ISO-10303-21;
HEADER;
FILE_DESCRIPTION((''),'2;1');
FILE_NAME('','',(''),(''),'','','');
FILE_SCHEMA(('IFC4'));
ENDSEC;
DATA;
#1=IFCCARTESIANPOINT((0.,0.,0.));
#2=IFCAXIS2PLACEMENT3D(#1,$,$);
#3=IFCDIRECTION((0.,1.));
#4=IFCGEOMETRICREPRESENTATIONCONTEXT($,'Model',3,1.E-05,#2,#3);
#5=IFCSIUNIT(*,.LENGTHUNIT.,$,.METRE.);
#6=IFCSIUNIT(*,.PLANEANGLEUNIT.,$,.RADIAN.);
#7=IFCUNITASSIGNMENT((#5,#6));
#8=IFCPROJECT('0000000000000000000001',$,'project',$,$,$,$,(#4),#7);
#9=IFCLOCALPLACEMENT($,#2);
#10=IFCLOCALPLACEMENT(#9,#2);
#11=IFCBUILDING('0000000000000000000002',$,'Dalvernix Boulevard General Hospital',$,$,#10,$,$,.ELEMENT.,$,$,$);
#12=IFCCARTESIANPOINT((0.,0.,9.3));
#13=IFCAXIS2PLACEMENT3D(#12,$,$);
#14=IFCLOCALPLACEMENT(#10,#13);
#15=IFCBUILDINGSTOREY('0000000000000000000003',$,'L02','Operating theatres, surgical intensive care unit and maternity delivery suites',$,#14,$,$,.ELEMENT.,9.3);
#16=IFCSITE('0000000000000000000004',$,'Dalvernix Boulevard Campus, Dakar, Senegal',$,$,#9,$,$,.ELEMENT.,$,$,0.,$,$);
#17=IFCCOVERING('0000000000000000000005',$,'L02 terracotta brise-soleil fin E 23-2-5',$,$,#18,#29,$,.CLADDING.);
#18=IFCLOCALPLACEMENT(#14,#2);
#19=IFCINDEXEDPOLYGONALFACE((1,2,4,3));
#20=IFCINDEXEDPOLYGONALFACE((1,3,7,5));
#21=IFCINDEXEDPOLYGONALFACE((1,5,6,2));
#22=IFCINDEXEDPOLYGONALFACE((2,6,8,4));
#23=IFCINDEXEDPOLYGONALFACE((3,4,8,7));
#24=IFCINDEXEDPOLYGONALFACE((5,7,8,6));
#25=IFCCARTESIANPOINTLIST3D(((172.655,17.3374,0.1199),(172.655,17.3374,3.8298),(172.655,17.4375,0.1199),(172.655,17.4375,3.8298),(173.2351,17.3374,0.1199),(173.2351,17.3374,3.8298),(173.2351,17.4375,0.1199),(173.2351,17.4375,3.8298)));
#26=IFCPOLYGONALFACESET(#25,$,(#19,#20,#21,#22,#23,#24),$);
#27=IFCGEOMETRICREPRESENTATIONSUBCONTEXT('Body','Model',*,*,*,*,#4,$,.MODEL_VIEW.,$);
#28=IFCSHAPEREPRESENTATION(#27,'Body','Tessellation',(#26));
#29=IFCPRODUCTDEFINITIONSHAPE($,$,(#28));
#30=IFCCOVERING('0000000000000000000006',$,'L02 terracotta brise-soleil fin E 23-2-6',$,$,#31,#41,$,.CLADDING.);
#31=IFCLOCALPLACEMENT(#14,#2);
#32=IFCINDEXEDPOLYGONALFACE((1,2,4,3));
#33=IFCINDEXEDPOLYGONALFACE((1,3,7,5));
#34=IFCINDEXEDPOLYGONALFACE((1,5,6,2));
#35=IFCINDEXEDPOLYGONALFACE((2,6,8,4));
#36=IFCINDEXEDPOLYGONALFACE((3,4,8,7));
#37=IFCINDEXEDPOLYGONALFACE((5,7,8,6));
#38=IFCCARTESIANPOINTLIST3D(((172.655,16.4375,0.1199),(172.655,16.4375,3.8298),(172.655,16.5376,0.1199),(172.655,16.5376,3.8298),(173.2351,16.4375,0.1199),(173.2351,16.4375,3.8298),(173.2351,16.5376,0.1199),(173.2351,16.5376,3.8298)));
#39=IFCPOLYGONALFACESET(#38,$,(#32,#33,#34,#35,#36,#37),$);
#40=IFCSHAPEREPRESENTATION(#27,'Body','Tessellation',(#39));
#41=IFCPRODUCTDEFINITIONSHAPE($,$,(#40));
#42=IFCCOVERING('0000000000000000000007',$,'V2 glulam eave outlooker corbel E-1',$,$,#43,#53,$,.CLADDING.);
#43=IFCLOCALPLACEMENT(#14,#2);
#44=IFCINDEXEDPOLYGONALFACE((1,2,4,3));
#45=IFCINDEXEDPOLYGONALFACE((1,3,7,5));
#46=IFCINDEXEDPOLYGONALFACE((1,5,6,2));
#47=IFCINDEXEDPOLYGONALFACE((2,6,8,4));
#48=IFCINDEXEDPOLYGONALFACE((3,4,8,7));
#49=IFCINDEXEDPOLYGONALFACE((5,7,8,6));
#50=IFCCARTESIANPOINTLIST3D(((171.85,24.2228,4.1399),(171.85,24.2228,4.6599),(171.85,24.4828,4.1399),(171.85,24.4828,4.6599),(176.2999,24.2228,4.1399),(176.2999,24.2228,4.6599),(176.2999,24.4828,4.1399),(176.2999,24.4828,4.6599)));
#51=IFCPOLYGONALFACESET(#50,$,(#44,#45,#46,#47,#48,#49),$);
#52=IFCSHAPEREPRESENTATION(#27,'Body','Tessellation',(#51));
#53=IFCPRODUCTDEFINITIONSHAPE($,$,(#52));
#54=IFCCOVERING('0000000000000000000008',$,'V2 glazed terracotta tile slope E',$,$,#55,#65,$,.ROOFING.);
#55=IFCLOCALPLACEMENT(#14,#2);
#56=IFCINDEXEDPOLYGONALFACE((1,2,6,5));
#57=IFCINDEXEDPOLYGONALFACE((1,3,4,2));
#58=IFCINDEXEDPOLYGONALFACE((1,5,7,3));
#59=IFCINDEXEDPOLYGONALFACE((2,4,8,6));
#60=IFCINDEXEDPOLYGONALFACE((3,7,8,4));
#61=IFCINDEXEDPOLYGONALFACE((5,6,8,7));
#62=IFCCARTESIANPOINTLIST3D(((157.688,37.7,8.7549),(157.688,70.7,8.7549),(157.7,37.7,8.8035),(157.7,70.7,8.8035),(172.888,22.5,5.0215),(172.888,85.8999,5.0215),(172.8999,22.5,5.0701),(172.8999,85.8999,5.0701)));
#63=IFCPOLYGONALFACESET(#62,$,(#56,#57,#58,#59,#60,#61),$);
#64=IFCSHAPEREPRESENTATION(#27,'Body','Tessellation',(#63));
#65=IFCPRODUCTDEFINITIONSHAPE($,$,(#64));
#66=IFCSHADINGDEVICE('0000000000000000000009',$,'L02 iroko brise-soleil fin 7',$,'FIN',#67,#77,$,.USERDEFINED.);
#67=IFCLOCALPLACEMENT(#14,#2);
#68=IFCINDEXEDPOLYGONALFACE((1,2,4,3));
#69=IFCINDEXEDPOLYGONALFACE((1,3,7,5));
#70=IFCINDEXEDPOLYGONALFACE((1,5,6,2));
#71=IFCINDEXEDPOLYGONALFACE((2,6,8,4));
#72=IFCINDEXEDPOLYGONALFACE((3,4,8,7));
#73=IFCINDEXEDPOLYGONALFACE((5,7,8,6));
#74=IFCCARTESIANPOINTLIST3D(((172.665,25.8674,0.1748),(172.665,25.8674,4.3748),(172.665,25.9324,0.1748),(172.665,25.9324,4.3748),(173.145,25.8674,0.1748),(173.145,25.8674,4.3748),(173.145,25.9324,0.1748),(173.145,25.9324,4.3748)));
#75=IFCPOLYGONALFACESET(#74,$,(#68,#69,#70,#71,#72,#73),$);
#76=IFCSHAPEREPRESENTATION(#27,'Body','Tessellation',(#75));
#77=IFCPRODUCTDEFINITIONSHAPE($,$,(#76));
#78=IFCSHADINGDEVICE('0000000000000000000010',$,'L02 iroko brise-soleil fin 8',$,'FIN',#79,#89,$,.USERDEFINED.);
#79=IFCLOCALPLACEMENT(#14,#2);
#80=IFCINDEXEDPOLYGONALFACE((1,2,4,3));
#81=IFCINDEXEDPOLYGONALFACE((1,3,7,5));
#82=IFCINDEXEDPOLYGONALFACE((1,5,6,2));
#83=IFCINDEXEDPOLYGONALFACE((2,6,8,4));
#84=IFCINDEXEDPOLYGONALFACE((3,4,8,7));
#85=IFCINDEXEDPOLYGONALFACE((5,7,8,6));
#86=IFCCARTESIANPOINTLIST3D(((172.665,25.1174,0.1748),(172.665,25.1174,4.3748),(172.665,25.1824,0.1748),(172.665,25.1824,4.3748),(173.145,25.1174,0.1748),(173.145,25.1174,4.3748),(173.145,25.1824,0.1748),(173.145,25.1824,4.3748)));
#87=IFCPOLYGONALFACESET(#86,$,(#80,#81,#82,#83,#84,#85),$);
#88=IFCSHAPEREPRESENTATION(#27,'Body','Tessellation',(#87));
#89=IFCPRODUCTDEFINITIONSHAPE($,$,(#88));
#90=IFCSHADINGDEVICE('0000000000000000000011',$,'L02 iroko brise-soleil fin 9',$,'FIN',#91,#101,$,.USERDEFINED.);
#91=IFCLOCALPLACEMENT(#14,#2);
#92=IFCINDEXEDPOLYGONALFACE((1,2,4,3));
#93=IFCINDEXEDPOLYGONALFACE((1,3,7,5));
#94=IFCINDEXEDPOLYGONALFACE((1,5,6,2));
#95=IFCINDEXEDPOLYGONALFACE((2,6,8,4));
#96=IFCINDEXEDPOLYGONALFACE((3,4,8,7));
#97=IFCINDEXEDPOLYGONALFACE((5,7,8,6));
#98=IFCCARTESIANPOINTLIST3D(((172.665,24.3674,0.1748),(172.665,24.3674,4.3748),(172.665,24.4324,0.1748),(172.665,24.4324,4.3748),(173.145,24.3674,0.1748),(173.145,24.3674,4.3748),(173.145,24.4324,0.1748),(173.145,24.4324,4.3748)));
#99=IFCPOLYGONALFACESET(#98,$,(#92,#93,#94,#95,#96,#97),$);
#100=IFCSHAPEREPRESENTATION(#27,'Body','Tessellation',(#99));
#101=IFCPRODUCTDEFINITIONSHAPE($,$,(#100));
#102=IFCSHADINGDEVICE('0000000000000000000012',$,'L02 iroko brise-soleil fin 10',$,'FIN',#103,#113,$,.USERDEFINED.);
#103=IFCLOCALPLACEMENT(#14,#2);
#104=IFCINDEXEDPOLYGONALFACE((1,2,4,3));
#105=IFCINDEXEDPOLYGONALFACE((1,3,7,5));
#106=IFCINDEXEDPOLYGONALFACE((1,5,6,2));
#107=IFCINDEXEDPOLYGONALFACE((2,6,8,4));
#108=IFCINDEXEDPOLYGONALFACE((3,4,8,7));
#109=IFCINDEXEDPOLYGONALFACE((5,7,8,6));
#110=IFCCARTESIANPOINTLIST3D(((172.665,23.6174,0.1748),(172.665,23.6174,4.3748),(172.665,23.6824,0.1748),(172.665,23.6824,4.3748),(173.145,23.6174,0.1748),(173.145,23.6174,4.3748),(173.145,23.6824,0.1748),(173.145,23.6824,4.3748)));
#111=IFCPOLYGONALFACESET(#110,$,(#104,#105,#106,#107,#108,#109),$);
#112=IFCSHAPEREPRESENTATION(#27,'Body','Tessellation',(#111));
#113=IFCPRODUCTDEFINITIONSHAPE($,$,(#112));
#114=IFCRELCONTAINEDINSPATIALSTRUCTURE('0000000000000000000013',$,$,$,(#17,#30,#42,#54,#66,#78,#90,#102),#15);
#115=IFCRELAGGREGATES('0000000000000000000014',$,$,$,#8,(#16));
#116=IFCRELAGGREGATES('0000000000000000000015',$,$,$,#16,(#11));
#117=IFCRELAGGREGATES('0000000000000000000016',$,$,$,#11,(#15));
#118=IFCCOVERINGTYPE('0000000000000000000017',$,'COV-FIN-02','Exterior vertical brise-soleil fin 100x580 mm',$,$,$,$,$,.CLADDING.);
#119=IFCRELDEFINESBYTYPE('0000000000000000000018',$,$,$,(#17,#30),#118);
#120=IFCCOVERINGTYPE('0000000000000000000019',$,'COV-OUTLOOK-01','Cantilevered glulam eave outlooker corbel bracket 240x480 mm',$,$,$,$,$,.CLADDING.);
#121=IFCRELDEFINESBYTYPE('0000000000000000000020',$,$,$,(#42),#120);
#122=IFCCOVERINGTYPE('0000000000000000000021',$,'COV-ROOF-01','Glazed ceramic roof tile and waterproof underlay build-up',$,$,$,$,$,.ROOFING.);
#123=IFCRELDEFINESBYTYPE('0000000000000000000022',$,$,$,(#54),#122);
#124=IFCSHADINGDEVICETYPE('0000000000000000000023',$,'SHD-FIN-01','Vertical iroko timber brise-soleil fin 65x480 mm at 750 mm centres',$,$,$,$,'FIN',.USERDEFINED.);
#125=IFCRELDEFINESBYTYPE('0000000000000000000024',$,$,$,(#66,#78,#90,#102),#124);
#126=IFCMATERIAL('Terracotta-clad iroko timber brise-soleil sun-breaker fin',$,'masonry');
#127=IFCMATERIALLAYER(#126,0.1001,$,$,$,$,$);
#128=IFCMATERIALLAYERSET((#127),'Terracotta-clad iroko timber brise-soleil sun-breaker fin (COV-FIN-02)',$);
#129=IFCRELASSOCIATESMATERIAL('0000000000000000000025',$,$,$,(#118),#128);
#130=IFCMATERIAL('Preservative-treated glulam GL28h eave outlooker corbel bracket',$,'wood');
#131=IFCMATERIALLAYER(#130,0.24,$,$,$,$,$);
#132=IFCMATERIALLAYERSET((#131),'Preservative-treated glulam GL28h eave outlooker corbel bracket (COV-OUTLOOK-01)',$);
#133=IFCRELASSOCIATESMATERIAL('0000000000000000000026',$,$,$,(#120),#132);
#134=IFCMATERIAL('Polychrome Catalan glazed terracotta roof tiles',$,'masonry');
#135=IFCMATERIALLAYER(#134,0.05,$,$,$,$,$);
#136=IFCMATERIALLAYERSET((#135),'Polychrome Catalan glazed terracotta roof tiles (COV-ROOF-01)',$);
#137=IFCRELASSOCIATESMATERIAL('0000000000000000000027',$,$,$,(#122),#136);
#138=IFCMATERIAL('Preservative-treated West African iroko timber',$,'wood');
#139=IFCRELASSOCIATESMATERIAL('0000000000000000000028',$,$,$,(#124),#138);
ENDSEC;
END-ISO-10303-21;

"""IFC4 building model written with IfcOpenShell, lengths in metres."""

from ifc_helpers import new_model, si_unit, direction, frame, origin, origin_2d, place, context, subcontext, project, spatial, polyline, rectangle, outline, extrude, material, layer, layer_set, type_object, element, save


model = new_model("IFC4")

# Units and contexts
model_context = context("Model", 3, precision=1e-05, world=origin(), true_north=direction((0.0, 1.0)))
body_context = subcontext(model_context, "Body", "Model", "MODEL_VIEW")
ifc_project = project(units=[si_unit("LENGTHUNIT", "METRE"), si_unit("PLANEANGLEUNIT", "RADIAN")], contexts=[model_context])

# Site, building, storey
site_placement = place(None, origin())
site = spatial("IfcSite", under=ifc_project, at=site_placement, Name="Dalvernix Boulevard Campus, Dakar, Senegal", CompositionType="ELEMENT", RefElevation=0.0)
building_placement = place(site_placement, origin())
building = spatial("IfcBuilding", under=site, at=building_placement, Name="Dalvernix Boulevard General Hospital", CompositionType="ELEMENT")
storey_placement = place(building_placement, frame((0.0, 0.0, 9.3)))
storey = spatial("IfcBuildingStorey", under=building, at=storey_placement, Name="L02", Description="Operating theatres, surgical intensive care unit and maternity delivery suites", CompositionType="ELEMENT", Elevation=9.3)

# Coverings
ifc_material_1 = material(Name="Terracotta-clad iroko timber brise-soleil sun-breaker fin", Category="masonry")
ifc_layer_1 = layer(ifc_material_1, 0.1001)
ifc_layer_set_1 = layer_set([ifc_layer_1], Name="Terracotta-clad iroko timber brise-soleil sun-breaker fin (COV-FIN-02)")
covering_type_1 = type_object("IfcCoveringType", Name="COV-FIN-02", Description="Exterior vertical brise-soleil fin 100x580 mm", PredefinedType="CLADDING", material=ifc_layer_set_1)
for number, where, z_axis, x_axis, name in (
    (1, (172.9451, 17.3875, 0.1199), (0.0, 0.0, 1.0), (0.0, -1.0, 0.0), "L02 terracotta brise-soleil fin E 23-2-5"),
    (2, (172.9451, 16.4875, 0.1199), (0.0, 0.0, 1.0), (0.0, -1.0, 0.0), "L02 terracotta brise-soleil fin E 23-2-6"),
):
    element("IfcCovering", number, at=place(storey_placement, frame(where, z_axis=z_axis, x_axis=x_axis)), inside=storey, type_object=covering_type_1, Name=name, PredefinedType="CLADDING", context=body_context, shape_type="SweptSolid", body=[
        extrude(rectangle(XDim=0.1001, YDim=0.5801, at=origin_2d()), origin(), (0.0, 0.0, 1.0), 3.71),
    ])
ifc_material_2 = material(Name="Preservative-treated glulam GL28h eave outlooker corbel bracket", Category="wood")
ifc_layer_2 = layer(ifc_material_2, 0.24)
ifc_layer_set_2 = layer_set([ifc_layer_2], Name="Preservative-treated glulam GL28h eave outlooker corbel bracket (COV-OUTLOOK-01)")
covering_type_2 = type_object("IfcCoveringType", Name="COV-OUTLOOK-01", Description="Cantilevered glulam eave outlooker corbel bracket 240x480 mm", PredefinedType="CLADDING", material=ifc_layer_set_2)
covering_1_placement = place(storey_placement, frame((174.075, 24.3528, 4.1399), z_axis=(0.0, 0.0, 1.0), x_axis=(1.0, 0.0, 0.0)))
element("IfcCovering", 3, at=covering_1_placement, inside=storey, type_object=covering_type_2, Name="V2 glulam eave outlooker corbel E-1", PredefinedType="CLADDING", context=body_context, shape_type="SweptSolid", body=[
    extrude(rectangle(XDim=4.45, YDim=0.26, at=origin_2d()), origin(), (0.0, 0.0, 1.0), 0.52),
])
ifc_material_3 = material(Name="Polychrome Catalan glazed terracotta roof tiles", Category="masonry")
ifc_layer_3 = layer(ifc_material_3, 0.05)
ifc_layer_set_3 = layer_set([ifc_layer_3], Name="Polychrome Catalan glazed terracotta roof tiles (COV-ROOF-01)")
covering_type_3 = type_object("IfcCoveringType", Name="COV-ROOF-01", Description="Glazed ceramic roof tile and waterproof underlay build-up", PredefinedType="ROOFING", material=ifc_layer_set_3)
covering_2_placement = place(storey_placement, frame((172.8999, 22.5, 5.0701), z_axis=(0.238529, 0.0, 0.971135), x_axis=(0.0, 1.0, 0.0)))
element("IfcCovering", 4, at=covering_2_placement, inside=storey, type_object=covering_type_3, Name="V2 glazed terracotta tile slope E", PredefinedType="ROOFING", context=body_context, shape_type="SweptSolid", body=[
    extrude(outline(polyline([(0.0, 0.0), (63.3999, 0.0), (48.2, 15.6517), (15.2, 15.6517), (0.0, 0.0)])), origin(), (0.0, 0.0, -1.0), 0.05),
])

# Shading devices
ifc_material_4 = material(Name="Preservative-treated West African iroko timber", Category="wood")
shading_device_type = type_object("IfcShadingDeviceType", Name="SHD-FIN-01", Description="Vertical iroko timber brise-soleil fin 65x480 mm at 750 mm centres", ElementType="FIN", PredefinedType="USERDEFINED", material=ifc_material_4)
for number, where, z_axis, x_axis, name in (
    (5, (172.905, 25.8999, 0.1748), (0.0, 0.0, 1.0), (0.0, -1.0, 0.0), "L02 iroko brise-soleil fin 7"),
    (6, (172.905, 25.1499, 0.1748), (0.0, 0.0, 1.0), (0.0, -1.0, 0.0), "L02 iroko brise-soleil fin 8"),
    (7, (172.905, 24.3999, 0.1748), (0.0, 0.0, 1.0), (0.0, -1.0, 0.0), "L02 iroko brise-soleil fin 9"),
    (8, (172.905, 23.6499, 0.1748), (0.0, 0.0, 1.0), (0.0, -1.0, 0.0), "L02 iroko brise-soleil fin 10"),
):
    element("IfcShadingDevice", number, at=place(storey_placement, frame(where, z_axis=z_axis, x_axis=x_axis)), inside=storey, type_object=shading_device_type, Name=name, ObjectType="FIN", PredefinedType="USERDEFINED", context=body_context, shape_type="SweptSolid", body=[
        extrude(rectangle(XDim=0.0649, YDim=0.48, at=origin_2d()), origin(), (0.0, 0.0, 1.0), 4.2),
    ])

save(model, "model.ifc")
